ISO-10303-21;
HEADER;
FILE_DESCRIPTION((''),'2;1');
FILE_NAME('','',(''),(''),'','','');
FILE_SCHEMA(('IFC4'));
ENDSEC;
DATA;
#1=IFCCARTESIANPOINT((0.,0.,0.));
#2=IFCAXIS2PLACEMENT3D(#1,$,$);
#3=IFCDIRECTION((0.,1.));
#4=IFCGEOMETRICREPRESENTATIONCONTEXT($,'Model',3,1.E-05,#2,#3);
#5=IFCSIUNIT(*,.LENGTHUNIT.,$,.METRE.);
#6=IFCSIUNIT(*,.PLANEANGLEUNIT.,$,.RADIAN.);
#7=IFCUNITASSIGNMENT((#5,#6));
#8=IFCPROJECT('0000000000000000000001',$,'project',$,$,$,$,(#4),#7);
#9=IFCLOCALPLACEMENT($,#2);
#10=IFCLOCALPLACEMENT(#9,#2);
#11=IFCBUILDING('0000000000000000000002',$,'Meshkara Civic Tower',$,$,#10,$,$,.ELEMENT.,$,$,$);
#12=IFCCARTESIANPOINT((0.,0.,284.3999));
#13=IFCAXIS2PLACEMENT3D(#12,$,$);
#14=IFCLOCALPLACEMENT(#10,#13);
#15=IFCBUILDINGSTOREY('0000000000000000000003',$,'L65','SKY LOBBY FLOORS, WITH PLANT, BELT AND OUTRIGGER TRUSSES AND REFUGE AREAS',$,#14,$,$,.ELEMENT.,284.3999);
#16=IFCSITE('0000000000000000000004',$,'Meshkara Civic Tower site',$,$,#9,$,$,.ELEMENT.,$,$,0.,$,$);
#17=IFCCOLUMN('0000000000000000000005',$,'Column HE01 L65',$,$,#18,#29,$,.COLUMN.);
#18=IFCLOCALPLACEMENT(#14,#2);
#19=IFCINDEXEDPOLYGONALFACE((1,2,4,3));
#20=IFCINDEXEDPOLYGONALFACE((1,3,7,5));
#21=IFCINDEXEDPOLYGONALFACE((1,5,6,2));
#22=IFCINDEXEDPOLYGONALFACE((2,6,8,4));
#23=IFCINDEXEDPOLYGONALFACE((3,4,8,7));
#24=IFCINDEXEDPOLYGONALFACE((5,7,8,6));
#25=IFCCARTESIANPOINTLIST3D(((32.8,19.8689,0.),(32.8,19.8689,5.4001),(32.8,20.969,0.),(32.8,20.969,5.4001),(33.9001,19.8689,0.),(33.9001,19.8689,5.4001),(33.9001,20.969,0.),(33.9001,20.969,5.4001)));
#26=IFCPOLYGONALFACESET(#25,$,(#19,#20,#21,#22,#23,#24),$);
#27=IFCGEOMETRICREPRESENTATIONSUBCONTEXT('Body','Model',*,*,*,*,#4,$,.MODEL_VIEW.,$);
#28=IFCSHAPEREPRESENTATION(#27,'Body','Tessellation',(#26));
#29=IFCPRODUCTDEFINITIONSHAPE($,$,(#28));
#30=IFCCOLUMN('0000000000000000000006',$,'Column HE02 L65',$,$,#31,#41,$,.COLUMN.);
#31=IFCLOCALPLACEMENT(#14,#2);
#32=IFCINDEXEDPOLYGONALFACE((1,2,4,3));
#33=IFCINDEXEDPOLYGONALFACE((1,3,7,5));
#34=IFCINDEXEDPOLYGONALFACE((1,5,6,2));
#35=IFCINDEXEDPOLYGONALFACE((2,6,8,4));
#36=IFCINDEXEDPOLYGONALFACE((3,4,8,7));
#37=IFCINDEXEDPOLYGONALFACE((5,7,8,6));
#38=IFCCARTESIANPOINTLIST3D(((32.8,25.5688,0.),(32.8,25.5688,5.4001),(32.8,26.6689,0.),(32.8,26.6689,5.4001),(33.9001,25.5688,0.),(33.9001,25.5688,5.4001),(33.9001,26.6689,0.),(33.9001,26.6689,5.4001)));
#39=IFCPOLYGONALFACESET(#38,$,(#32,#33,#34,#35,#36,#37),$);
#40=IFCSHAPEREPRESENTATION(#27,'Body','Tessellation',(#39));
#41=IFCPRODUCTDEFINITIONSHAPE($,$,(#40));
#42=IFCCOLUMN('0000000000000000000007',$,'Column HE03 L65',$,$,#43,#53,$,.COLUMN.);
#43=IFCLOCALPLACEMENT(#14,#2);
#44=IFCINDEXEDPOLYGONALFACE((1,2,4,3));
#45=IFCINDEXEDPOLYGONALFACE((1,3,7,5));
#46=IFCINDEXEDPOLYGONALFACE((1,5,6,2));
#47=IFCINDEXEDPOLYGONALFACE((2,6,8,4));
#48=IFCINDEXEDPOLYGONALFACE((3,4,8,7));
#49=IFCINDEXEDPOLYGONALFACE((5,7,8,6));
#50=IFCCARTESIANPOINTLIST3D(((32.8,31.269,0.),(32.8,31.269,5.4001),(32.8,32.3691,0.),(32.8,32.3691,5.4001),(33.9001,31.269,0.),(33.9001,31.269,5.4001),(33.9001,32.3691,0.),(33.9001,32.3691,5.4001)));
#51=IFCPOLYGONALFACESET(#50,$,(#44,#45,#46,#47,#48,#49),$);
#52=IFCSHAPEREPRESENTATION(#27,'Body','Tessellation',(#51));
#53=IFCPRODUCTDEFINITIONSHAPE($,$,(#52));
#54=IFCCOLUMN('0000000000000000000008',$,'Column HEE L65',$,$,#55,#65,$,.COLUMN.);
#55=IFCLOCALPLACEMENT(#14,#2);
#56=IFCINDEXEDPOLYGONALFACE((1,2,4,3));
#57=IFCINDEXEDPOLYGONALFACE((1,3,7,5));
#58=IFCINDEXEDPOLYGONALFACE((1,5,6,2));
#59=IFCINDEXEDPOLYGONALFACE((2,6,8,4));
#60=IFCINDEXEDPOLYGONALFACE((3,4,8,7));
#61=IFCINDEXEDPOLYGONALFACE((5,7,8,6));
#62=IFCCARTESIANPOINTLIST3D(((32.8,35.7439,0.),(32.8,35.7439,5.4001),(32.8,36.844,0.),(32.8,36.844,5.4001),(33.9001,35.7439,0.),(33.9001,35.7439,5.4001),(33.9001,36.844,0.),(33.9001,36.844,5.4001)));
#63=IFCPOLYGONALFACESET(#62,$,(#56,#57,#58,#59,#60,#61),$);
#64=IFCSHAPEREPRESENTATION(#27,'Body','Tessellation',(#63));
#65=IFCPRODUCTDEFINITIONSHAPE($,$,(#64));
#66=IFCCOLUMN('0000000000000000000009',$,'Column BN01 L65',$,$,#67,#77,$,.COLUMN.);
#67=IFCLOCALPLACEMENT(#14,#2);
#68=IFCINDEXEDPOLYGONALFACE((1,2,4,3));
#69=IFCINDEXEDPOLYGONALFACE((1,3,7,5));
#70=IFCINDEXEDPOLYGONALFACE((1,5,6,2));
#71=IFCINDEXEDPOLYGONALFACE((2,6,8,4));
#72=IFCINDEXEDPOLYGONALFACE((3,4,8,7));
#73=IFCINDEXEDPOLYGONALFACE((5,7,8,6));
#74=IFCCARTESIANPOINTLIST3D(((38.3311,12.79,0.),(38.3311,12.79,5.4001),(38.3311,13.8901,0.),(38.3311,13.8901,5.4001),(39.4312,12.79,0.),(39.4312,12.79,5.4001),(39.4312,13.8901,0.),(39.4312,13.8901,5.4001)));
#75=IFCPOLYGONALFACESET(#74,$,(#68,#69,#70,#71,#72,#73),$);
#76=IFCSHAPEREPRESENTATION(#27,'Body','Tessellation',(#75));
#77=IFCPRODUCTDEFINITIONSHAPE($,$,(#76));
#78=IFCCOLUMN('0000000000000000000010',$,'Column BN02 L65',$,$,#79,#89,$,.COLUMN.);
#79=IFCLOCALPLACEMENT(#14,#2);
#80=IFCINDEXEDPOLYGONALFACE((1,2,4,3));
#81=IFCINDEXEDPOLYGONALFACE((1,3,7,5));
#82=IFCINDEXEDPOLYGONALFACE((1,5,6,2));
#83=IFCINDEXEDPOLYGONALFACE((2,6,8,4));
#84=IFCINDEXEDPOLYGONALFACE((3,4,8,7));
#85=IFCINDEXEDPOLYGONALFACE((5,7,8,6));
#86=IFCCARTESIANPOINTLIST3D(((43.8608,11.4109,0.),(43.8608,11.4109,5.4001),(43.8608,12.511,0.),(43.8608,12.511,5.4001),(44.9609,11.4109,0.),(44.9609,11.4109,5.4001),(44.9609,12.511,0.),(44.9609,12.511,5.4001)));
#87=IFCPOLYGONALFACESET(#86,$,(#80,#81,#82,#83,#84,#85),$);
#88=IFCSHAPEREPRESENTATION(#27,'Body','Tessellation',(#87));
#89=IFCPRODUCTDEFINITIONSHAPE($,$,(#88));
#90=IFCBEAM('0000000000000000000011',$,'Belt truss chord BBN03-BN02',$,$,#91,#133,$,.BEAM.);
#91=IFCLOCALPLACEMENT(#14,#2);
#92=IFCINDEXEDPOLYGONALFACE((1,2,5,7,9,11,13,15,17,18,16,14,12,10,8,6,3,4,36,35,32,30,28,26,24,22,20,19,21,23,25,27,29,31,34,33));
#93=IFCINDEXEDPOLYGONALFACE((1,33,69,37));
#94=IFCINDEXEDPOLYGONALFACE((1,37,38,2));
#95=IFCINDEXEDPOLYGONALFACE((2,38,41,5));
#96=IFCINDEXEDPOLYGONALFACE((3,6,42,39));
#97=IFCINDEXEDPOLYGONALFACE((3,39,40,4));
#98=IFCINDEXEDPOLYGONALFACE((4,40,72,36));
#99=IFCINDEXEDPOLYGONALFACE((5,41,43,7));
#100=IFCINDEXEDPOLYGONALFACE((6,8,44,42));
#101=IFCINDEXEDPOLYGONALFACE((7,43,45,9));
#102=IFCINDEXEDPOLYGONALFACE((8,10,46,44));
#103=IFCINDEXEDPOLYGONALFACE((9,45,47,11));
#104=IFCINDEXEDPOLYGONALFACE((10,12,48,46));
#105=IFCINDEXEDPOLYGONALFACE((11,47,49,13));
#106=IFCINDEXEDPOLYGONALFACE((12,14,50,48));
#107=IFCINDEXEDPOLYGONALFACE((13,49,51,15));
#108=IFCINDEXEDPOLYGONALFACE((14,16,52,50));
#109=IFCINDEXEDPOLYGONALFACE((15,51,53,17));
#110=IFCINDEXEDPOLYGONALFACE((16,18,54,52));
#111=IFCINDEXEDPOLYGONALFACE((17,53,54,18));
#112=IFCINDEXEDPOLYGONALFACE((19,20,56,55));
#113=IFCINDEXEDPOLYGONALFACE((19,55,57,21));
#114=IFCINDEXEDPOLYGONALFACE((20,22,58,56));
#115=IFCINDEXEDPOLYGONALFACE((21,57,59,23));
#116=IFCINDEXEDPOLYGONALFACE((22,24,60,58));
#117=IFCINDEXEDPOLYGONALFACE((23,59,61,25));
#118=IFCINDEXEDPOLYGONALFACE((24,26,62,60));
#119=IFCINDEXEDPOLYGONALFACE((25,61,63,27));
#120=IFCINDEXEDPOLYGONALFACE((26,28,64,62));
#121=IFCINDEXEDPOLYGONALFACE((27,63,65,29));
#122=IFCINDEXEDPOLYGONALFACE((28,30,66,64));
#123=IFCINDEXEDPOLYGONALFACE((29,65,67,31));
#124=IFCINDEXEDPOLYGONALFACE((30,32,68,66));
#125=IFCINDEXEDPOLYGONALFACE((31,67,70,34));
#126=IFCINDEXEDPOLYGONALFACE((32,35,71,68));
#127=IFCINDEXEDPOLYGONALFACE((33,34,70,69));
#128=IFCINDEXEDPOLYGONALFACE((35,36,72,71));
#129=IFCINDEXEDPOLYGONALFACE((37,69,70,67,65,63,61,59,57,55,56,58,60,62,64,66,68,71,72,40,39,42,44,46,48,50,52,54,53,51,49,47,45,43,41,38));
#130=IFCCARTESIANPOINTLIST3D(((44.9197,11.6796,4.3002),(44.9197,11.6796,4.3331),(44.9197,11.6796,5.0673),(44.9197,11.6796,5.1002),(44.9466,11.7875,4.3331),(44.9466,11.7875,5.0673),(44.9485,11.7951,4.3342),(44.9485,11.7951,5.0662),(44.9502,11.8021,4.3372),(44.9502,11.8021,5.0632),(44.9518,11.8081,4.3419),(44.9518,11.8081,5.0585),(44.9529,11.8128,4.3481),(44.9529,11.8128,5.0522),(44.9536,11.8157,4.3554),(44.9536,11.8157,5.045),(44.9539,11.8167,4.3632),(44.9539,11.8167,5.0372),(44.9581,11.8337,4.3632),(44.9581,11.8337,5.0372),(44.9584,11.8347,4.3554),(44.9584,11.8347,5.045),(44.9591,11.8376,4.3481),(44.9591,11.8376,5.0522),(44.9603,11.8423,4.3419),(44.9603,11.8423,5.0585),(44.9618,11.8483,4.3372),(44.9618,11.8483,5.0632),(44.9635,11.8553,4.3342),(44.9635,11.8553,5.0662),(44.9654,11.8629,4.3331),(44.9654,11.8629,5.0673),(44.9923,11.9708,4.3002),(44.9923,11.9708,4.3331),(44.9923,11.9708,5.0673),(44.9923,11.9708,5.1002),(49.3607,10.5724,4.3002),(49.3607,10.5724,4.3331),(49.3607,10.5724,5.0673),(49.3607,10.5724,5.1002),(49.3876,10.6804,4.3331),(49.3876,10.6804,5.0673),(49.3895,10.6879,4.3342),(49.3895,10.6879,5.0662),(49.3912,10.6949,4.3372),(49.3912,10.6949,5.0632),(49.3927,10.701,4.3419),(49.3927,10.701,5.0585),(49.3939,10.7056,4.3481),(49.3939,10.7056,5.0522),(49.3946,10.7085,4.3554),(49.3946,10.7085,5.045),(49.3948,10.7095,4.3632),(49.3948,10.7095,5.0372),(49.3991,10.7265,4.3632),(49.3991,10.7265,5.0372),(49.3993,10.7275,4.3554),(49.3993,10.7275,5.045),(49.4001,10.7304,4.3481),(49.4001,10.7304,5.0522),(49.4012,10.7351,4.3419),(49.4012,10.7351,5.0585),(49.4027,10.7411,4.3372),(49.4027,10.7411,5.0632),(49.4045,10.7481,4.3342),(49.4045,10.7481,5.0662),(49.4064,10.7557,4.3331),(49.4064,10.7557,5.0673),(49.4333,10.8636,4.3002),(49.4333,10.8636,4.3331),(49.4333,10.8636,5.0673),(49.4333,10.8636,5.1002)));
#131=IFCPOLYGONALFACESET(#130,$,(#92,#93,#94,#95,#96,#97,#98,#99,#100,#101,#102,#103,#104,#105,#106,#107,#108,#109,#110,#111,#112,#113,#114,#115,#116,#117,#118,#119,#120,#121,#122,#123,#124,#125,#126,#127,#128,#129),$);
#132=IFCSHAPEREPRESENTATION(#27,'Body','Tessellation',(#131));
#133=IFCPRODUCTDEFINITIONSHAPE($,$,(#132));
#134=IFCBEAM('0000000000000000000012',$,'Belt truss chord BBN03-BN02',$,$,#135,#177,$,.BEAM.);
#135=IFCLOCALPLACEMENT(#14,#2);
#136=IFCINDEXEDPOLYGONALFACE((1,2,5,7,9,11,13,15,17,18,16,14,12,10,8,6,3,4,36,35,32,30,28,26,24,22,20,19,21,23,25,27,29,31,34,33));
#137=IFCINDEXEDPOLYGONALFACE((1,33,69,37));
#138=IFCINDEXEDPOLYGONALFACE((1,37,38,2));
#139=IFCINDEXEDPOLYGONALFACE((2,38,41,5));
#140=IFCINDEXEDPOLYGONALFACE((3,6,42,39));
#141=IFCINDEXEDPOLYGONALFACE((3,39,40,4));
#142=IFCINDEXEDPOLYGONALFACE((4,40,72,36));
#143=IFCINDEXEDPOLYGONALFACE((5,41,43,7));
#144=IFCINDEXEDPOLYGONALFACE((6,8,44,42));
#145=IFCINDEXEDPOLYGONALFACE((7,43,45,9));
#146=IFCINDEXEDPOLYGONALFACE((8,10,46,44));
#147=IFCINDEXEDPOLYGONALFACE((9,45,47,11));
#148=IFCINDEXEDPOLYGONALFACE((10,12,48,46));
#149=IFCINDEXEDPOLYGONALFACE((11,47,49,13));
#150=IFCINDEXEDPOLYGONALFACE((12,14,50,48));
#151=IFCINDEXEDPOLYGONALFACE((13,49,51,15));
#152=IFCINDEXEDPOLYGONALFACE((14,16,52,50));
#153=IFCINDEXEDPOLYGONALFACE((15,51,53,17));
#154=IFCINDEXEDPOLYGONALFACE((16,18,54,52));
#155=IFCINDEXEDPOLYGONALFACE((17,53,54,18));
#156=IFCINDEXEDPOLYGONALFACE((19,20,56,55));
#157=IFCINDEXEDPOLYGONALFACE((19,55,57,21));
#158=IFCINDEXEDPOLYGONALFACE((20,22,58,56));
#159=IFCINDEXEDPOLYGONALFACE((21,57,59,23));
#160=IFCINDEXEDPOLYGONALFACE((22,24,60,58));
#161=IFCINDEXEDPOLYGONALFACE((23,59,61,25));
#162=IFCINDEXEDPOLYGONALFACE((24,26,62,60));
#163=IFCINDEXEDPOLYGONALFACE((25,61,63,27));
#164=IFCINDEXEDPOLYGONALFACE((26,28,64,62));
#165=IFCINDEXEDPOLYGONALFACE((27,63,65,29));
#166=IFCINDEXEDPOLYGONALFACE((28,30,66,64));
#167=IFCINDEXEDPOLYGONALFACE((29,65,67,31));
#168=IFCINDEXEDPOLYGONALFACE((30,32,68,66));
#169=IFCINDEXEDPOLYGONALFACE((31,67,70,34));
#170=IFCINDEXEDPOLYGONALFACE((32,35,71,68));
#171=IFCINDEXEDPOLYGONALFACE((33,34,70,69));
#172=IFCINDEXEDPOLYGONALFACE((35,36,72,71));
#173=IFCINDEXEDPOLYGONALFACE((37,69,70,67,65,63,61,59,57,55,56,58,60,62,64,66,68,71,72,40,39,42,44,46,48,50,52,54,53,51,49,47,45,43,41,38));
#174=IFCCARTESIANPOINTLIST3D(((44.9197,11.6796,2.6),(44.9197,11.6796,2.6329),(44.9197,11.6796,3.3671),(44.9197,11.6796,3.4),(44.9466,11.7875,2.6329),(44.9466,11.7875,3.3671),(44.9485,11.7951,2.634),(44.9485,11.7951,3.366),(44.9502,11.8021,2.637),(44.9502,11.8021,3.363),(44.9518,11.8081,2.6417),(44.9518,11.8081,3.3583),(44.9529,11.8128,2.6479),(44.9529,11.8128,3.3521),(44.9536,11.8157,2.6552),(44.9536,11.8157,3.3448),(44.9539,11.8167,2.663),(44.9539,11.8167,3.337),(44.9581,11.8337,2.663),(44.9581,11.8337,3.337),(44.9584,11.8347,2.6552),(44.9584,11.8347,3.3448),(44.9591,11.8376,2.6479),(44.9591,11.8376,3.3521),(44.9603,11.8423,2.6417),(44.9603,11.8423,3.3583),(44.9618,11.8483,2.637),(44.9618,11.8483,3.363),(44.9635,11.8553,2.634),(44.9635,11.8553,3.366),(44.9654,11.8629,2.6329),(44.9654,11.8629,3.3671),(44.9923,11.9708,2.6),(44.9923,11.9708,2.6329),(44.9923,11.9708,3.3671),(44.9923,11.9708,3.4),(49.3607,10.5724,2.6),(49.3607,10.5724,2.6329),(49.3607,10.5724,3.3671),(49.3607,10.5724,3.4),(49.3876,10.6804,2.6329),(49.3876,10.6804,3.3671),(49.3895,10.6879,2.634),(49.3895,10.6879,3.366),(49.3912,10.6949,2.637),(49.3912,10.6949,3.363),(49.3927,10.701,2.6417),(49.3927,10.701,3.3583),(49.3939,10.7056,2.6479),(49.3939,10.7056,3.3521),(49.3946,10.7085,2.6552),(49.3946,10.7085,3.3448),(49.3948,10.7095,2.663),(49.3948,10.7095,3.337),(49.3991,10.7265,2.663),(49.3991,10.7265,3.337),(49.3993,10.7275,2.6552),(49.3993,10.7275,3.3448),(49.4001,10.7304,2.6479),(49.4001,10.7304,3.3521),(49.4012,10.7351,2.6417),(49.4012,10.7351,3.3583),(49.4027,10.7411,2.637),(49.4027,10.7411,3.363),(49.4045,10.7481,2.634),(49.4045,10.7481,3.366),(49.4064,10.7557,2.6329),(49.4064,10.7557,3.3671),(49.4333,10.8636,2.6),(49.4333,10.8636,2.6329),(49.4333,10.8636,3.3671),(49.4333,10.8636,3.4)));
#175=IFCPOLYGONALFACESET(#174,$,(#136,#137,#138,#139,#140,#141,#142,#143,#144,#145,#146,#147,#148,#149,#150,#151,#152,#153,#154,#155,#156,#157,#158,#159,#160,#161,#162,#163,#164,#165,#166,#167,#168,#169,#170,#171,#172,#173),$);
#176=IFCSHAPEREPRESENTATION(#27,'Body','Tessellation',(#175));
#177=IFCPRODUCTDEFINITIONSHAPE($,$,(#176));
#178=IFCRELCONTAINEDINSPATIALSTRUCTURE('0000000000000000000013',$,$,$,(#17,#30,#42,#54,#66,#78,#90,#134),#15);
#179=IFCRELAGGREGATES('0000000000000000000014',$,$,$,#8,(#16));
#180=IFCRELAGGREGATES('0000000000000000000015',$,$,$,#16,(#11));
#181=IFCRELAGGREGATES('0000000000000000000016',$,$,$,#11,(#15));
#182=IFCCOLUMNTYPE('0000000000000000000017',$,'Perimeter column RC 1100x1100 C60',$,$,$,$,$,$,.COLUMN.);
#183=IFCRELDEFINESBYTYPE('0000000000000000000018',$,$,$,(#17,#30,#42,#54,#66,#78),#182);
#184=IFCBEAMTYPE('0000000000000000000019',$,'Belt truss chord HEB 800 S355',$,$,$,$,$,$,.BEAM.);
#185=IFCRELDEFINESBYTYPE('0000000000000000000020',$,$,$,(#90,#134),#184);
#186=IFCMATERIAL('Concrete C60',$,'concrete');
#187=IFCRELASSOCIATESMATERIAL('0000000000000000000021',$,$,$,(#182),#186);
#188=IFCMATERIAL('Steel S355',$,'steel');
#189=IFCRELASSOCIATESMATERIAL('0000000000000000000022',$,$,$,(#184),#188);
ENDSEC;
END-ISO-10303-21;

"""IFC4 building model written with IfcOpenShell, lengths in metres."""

from ifc_helpers import new_model, si_unit, direction, frame, origin, origin_2d, place, context, subcontext, project, spatial, rectangle, i_section, extrude, material, material_profile, profile_set, type_object, element, save


model = new_model("IFC4")

# Units and contexts
model_context = context("Model", 3, precision=1e-05, world=origin(), true_north=direction((0.0, 1.0)))
body_context = subcontext(model_context, "Body", "Model", "MODEL_VIEW")
ifc_project = project(units=[si_unit("LENGTHUNIT", "METRE"), si_unit("PLANEANGLEUNIT", "RADIAN")], contexts=[model_context])

# Site, building, storey
site_placement = place(None, origin())
site = spatial("IfcSite", under=ifc_project, at=site_placement, Name="Meshkara Civic Tower site", CompositionType="ELEMENT", RefElevation=0.0)
building_placement = place(site_placement, origin())
building = spatial("IfcBuilding", under=site, at=building_placement, Name="Meshkara Civic Tower", CompositionType="ELEMENT")
storey_placement = place(building_placement, frame((0.0, 0.0, 284.3999)))
storey = spatial("IfcBuildingStorey", under=building, at=storey_placement, Name="L65", Description="SKY LOBBY FLOORS, WITH PLANT, BELT AND OUTRIGGER TRUSSES AND REFUGE AREAS", CompositionType="ELEMENT", Elevation=284.3999)

# Columns
ifc_material_1 = material(Name="Concrete C60", Category="concrete")
ifc_material_profile_1 = material_profile(ifc_material_1, rectangle(XDim=1.1001, YDim=1.1001, at=origin_2d()))
ifc_profile_set_1 = profile_set([ifc_material_profile_1], Name="Concrete C60")
column_type = type_object("IfcColumnType", Name="Perimeter column RC 1100x1100 C60", PredefinedType="COLUMN", material=ifc_profile_set_1)
for number, where, z_axis, x_axis, name in (
    (1, (33.3501, 20.4189, 0.0), (0.0, 0.0, 1.0), (1.0, 0.0, 0.0), "Column HE01 L65"),
    (2, (33.3501, 26.1189, 0.0), (0.0, 0.0, 1.0), (1.0, 0.0, 0.0), "Column HE02 L65"),
    (3, (33.3501, 31.8191, 0.0), (0.0, 0.0, 1.0), (1.0, 0.0, 0.0), "Column HE03 L65"),
    (4, (33.3501, 36.2939, 0.0), (0.0, 0.0, 1.0), (1.0, 0.0, 0.0), "Column HEE L65"),
    (5, (38.8811, 13.3401, 0.0), (0.0, 0.0, 1.0), (1.0, 0.0, 0.0), "Column BN01 L65"),
    (6, (44.4109, 11.9609, 0.0), (0.0, 0.0, 1.0), (1.0, 0.0, 0.0), "Column BN02 L65"),
):
    element("IfcColumn", number, at=place(storey_placement, frame(where, z_axis=z_axis, x_axis=x_axis)), inside=storey, type_object=column_type, Name=name, PredefinedType="COLUMN", context=body_context, shape_type="SweptSolid", body=[
        extrude(rectangle(XDim=1.1001, YDim=1.1001, at=origin_2d()), origin(), (0.0, 0.0, 1.0), 5.4001),
    ])

# Beams
ifc_material_2 = material(Name="Steel S355", Category="steel")
ifc_material_profile_2 = material_profile(ifc_material_2, i_section(OverallWidth=0.3, OverallDepth=0.8, WebThickness=0.0176, FlangeThickness=0.033, FilletRadius=0.03, at=origin_2d()))
ifc_profile_set_2 = profile_set([ifc_material_profile_2], Name="Steel S355")
beam_type = type_object("IfcBeamType", Name="Belt truss chord HEB 800 S355", PredefinedType="BEAM", material=ifc_profile_set_2)
for number, where, z_axis, x_axis, name in (
    (7, (49.397, 10.718, 4.7002), (-0.970299, 0.241908, 0.0), (-0.241908, -0.970299, 0.0), "Belt truss chord BBN03-BN02"),
    (8, (49.397, 10.718, 3.0), (-0.970299, 0.241908, 0.0), (-0.241908, -0.970299, 0.0), "Belt truss chord BBN03-BN02"),
):
    element("IfcBeam", number, at=place(storey_placement, frame(where, z_axis=z_axis, x_axis=x_axis)), inside=storey, type_object=beam_type, Name=name, PredefinedType="BEAM", context=body_context, shape_type="SweptSolid", body=[
        extrude(i_section(OverallWidth=0.3, OverallDepth=0.8, WebThickness=0.0176, FlangeThickness=0.033, FilletRadius=0.03, at=origin_2d()), origin(), (0.0, 0.0, 1.0), 4.5769),
    ])

save(model, "model.ifc")
